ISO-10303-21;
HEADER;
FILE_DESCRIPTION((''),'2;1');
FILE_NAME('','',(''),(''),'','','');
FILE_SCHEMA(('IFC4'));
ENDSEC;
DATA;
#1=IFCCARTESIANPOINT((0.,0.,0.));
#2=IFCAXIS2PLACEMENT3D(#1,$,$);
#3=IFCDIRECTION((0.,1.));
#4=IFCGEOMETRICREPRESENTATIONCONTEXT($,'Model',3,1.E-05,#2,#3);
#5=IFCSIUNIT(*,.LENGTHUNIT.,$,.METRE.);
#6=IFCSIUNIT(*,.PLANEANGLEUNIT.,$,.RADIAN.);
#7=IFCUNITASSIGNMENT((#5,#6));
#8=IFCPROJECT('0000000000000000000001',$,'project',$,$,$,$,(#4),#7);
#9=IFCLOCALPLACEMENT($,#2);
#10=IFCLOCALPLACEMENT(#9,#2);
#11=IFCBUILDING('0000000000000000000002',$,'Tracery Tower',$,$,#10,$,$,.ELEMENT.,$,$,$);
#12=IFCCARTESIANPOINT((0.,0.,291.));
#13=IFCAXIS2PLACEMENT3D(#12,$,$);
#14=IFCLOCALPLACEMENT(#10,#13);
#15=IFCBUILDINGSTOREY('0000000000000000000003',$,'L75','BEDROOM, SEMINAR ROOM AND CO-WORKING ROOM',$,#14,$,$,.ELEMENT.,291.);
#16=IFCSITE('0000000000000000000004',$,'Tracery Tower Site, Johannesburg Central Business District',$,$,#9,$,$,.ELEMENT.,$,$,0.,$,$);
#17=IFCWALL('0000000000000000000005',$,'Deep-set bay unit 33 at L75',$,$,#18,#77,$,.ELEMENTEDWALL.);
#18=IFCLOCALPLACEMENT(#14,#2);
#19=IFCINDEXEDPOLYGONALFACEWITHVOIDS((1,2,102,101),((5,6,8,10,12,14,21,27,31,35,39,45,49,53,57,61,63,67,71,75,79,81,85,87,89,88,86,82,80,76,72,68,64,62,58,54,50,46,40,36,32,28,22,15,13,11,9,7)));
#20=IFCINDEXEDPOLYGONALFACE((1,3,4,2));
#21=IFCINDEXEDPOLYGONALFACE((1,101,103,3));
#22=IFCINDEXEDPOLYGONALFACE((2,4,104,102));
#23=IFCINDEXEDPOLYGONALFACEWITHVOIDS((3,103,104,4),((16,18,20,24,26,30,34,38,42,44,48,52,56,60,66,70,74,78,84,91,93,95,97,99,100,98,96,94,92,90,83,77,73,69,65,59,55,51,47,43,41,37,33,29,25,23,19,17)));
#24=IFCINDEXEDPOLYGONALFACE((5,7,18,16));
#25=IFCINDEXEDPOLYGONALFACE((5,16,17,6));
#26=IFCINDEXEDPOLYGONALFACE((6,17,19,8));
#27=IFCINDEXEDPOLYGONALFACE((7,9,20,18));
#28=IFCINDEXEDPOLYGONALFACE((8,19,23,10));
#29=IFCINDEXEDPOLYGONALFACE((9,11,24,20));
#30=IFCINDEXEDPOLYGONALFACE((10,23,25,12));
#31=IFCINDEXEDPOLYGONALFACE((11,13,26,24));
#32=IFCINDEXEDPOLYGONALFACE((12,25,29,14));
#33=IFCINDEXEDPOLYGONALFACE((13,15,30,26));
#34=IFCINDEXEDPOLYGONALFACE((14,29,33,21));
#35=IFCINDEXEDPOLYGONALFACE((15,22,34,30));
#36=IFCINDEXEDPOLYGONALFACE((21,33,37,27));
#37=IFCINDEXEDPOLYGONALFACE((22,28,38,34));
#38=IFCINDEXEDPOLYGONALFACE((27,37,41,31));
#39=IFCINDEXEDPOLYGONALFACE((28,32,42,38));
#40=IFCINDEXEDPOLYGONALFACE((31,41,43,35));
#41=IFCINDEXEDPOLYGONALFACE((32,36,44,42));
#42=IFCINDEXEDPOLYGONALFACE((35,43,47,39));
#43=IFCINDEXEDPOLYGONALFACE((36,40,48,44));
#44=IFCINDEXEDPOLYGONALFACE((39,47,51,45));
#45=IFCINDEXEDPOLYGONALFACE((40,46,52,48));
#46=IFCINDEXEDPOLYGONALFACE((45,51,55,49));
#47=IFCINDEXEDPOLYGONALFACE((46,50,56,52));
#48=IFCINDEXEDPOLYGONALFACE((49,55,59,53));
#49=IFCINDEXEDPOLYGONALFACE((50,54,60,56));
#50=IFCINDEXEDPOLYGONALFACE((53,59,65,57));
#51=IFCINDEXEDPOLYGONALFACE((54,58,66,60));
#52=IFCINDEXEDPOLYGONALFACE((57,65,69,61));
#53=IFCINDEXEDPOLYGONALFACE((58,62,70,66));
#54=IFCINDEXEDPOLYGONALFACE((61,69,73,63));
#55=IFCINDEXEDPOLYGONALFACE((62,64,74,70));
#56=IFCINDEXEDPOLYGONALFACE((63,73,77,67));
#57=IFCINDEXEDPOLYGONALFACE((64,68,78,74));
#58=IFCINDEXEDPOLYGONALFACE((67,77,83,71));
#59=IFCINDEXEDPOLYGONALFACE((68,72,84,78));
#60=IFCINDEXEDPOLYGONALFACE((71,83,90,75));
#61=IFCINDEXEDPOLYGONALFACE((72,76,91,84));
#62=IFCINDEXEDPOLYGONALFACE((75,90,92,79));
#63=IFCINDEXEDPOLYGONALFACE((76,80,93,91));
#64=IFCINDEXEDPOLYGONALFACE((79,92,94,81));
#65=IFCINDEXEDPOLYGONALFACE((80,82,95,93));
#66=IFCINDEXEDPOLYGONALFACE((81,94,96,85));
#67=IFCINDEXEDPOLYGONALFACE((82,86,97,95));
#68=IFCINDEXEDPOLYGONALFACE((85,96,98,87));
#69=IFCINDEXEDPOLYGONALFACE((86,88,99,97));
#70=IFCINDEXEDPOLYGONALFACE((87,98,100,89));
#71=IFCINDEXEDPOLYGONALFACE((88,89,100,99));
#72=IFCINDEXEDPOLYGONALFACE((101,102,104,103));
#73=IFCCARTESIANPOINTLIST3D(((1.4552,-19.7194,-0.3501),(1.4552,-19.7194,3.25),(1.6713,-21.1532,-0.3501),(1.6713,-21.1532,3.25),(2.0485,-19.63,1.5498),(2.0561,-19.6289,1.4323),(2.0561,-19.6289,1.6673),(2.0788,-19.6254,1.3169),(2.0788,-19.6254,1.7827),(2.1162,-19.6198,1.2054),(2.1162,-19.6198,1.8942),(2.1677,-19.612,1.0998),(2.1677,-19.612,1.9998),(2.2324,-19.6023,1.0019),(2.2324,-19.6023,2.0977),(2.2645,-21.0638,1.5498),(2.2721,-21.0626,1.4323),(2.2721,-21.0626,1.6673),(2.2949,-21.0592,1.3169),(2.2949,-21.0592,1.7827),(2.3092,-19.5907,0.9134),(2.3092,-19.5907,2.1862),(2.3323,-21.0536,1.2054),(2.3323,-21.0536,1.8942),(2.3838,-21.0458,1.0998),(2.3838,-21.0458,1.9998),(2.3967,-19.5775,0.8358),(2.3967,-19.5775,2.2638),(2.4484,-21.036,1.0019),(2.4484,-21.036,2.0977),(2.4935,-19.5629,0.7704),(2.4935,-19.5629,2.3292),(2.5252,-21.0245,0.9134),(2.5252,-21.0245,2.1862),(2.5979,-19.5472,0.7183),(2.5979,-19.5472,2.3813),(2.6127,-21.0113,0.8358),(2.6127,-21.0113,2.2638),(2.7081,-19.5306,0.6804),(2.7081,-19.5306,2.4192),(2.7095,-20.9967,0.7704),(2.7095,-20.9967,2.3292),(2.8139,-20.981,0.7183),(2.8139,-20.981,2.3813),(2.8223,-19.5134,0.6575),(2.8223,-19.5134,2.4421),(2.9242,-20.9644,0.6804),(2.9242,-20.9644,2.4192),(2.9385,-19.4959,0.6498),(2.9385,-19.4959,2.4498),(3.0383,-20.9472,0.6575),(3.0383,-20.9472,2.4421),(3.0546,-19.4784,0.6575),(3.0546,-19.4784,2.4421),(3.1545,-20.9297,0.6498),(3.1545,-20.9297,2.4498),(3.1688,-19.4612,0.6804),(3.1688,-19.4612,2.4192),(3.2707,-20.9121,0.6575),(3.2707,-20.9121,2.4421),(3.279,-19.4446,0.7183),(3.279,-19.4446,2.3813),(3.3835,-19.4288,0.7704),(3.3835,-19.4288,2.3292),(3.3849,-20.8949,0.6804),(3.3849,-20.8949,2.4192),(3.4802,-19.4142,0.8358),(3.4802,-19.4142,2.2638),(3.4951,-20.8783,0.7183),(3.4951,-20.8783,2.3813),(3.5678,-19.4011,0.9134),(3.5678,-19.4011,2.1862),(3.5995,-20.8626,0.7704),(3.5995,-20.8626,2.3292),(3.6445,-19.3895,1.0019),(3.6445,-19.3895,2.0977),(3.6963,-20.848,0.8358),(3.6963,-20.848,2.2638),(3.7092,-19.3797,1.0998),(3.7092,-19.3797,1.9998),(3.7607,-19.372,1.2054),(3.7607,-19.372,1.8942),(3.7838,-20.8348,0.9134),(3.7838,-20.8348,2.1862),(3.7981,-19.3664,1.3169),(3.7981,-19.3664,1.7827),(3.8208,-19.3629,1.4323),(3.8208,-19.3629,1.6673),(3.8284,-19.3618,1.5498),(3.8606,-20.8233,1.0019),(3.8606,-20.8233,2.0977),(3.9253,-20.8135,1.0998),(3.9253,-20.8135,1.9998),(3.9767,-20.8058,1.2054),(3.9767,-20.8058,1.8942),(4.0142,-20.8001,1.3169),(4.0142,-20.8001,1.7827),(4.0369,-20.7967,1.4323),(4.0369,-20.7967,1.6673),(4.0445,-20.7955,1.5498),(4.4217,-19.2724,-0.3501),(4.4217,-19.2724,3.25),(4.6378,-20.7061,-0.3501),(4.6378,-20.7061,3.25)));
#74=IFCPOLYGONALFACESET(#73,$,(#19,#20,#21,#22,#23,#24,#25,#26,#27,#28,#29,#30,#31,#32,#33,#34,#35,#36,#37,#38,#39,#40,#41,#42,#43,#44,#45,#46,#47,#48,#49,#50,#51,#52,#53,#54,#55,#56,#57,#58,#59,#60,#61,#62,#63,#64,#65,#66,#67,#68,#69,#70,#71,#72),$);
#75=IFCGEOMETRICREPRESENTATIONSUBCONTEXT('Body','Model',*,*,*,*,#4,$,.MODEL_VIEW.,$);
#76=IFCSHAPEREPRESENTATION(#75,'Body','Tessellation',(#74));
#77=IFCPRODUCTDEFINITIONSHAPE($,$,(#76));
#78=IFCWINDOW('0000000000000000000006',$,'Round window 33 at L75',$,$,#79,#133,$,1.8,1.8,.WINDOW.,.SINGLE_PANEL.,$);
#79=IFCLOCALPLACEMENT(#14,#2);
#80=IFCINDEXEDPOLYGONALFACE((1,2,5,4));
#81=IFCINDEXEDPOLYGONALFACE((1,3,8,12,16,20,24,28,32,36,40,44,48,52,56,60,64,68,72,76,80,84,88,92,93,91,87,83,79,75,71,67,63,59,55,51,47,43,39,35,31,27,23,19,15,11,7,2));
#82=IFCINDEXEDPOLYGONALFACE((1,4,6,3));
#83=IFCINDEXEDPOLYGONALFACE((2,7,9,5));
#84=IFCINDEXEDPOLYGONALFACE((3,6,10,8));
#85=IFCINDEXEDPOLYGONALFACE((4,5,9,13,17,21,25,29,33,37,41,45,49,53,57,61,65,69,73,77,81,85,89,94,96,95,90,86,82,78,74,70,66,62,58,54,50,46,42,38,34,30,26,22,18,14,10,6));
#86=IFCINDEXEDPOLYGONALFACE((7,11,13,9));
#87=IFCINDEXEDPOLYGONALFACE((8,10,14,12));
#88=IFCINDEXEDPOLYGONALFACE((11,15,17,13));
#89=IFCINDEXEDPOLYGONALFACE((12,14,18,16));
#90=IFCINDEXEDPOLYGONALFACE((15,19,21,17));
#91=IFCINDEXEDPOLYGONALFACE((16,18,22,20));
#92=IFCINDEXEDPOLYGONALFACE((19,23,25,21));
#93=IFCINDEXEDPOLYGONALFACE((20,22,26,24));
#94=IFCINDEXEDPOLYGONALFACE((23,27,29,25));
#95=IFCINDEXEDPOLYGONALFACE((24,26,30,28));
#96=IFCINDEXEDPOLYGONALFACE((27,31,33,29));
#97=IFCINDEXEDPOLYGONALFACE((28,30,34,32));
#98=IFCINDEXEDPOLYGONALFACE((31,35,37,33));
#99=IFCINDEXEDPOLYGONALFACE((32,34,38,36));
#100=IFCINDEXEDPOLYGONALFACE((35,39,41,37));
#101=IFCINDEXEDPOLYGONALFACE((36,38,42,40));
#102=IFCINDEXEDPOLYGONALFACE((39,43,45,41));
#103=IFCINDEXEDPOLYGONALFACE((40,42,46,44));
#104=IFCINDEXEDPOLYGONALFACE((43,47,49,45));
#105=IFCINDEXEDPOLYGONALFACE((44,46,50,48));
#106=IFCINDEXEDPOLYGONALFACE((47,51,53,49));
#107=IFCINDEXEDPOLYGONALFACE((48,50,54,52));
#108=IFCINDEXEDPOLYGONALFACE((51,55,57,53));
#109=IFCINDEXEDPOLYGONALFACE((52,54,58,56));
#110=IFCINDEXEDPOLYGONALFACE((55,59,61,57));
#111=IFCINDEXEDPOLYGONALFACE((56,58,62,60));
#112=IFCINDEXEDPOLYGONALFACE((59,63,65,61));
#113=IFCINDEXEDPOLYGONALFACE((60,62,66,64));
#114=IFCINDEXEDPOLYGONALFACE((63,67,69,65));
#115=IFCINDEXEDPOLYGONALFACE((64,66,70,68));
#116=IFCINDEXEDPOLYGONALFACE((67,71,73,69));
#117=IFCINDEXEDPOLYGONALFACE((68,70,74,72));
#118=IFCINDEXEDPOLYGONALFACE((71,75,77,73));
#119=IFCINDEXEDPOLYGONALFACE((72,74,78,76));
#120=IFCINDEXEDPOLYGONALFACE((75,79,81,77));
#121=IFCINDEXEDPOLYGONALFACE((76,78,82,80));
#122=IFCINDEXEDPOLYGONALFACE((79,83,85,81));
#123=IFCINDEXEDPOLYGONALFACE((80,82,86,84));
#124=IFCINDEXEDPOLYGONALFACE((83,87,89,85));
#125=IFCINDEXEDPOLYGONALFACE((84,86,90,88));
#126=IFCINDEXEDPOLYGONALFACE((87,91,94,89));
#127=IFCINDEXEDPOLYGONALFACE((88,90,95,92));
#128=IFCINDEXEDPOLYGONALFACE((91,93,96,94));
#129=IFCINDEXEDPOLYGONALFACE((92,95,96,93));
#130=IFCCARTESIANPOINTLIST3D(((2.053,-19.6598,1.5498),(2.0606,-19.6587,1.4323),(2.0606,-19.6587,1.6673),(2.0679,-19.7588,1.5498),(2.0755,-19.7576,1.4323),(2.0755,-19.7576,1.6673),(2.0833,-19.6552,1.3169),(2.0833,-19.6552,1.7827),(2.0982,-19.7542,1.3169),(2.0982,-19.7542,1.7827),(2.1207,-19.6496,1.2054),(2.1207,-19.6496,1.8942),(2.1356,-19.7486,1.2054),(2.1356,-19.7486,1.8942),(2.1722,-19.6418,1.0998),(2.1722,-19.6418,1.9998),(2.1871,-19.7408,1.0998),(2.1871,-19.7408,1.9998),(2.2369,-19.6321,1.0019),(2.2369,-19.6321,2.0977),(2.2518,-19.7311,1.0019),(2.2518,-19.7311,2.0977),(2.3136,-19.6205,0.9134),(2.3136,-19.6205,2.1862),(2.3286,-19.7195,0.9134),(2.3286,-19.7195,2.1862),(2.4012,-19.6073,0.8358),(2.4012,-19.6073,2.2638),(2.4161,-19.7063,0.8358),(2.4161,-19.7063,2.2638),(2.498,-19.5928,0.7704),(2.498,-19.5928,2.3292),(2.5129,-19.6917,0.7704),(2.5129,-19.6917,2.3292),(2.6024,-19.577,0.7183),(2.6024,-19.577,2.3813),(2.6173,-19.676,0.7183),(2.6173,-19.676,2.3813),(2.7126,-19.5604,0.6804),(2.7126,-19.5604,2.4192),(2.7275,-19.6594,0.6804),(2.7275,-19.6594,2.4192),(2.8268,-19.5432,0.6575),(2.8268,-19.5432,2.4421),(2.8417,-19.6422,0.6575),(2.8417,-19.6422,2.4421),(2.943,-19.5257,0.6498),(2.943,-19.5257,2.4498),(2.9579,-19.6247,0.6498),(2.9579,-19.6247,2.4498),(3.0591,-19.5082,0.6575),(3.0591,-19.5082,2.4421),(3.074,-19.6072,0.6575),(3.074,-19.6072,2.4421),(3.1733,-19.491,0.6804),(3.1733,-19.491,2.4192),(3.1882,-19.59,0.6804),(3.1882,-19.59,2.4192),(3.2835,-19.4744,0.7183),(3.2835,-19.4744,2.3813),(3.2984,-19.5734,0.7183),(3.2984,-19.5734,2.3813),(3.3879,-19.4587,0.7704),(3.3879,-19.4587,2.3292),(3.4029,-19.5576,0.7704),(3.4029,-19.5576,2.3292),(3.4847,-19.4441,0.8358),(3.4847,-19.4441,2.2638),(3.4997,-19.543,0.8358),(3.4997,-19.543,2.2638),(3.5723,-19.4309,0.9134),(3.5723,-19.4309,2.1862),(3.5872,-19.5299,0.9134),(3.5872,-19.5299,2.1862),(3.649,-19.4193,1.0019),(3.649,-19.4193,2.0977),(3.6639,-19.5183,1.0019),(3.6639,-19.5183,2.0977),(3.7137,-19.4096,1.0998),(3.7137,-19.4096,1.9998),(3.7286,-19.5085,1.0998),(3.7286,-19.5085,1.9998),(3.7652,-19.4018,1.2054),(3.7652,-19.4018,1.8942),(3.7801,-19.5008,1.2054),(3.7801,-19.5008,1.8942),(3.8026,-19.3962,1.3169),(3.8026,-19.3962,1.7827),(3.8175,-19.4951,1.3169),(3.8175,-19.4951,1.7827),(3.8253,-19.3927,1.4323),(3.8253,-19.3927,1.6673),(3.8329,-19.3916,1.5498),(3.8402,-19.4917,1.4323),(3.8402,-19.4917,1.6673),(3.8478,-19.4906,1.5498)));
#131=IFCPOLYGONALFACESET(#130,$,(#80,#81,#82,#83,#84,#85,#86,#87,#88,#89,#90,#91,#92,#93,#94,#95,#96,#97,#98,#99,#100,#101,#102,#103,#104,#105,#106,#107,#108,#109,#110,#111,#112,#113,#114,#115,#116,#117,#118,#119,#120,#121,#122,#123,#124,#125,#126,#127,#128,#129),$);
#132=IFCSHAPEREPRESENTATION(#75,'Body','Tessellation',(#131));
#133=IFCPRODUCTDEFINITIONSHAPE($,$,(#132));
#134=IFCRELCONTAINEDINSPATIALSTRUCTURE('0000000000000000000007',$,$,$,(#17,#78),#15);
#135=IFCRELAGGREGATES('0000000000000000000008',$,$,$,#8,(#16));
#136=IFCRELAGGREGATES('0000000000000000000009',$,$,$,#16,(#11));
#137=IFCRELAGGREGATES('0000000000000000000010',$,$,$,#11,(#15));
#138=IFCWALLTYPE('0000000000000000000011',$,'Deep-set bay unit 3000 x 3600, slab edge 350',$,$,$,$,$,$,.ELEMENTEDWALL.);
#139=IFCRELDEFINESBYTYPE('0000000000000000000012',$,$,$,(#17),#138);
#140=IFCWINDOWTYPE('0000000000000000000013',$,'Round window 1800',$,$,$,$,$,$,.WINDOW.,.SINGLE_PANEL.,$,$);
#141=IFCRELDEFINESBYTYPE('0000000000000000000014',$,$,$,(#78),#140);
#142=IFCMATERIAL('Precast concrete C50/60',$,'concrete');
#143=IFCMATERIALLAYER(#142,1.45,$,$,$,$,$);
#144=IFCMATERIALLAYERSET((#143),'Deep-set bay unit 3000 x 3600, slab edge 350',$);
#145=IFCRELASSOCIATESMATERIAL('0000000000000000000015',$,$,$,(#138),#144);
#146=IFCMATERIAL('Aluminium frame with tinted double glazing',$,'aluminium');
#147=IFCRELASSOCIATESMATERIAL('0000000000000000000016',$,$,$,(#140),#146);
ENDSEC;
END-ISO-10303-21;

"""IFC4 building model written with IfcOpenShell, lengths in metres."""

from ifc_helpers import new_model, si_unit, direction, frame, frame_2d, origin, origin_2d, place, context, subcontext, project, spatial, rectangle, circle, extrude, material, layer, layer_set, type_object, element, fill, save


model = new_model("IFC4")

# Units and contexts
model_context = context("Model", 3, precision=1e-05, world=origin(), true_north=direction((0.0, 1.0)))
body_context = subcontext(model_context, "Body", "Model", "MODEL_VIEW")
ifc_project = project(units=[si_unit("LENGTHUNIT", "METRE"), si_unit("PLANEANGLEUNIT", "RADIAN")], contexts=[model_context])

# Site, building, storey
site_placement = place(None, origin())
site = spatial("IfcSite", under=ifc_project, at=site_placement, Name="Tracery Tower Site, Johannesburg Central Business District", CompositionType="ELEMENT", RefElevation=0.0)
building_placement = place(site_placement, origin())
building = spatial("IfcBuilding", under=site, at=building_placement, Name="Tracery Tower", CompositionType="ELEMENT")
storey_placement = place(building_placement, frame((0.0, 0.0, 291.0)))
storey = spatial("IfcBuildingStorey", under=building, at=storey_placement, Name="L75", Description="BEDROOM, SEMINAR ROOM AND CO-WORKING ROOM", CompositionType="ELEMENT", Elevation=291.0)

# Wall, opening, window
ifc_material_1 = material(Name="Precast concrete C50/60", Category="concrete")
ifc_layer_1 = layer(ifc_material_1, 1.45)
ifc_layer_set_1 = layer_set([ifc_layer_1], Name="Deep-set bay unit 3000 x 3600, slab edge 350")
wall_type_1 = type_object("IfcWallType", Name="Deep-set bay unit 3000 x 3600, slab edge 350", PredefinedType="ELEMENTEDWALL", material=ifc_layer_set_1)
wall_1_placement = place(storey_placement, frame((1.5632, -20.4363, -0.3501), z_axis=(0.0, 0.0, 1.0), x_axis=(0.988836, 0.149005, 0.0)))
wall_1 = element("IfcWall", 1, at=wall_1_placement, inside=storey, type_object=wall_type_1, Name="Deep-set bay unit 33 at L75", PredefinedType="ELEMENTEDWALL", context=body_context, shape_type="SweptSolid", body=[
    extrude(rectangle(XDim=3.0, YDim=1.45, at=frame_2d((1.5, 0.0))), origin(), (0.0, 0.0, 1.0), 3.6001),
])
opening_1_placement = place(wall_1_placement, frame((1.5, 0.0, 1.8999)))
opening_1 = element("IfcOpeningElement", 2, at=opening_1_placement, cuts=wall_1, PredefinedType="OPENING", context=body_context, shape_type="SweptSolid", body=[
    extrude(circle(Radius=0.9, at=origin_2d()), frame((0.0, 0.7349, 0.0), z_axis=(0.0, -1.0, 0.0), x_axis=(1.0, 0.0, 0.0)), (0.0, 0.0, 1.0), 1.47),
])
ifc_material_2 = material(Name="Aluminium frame with tinted double glazing", Category="aluminium")
window_type = type_object("IfcWindowType", Name="Round window 1800", PartitioningType="SINGLE_PANEL", PredefinedType="WINDOW", material=ifc_material_2)
window_1_placement = place(opening_1_placement, origin())
window_1 = element("IfcWindow", 3, at=window_1_placement, inside=storey, type_object=window_type, Name="Round window 33 at L75", OverallHeight=1.8, OverallWidth=1.8, PartitioningType="SINGLE_PANEL", PredefinedType="WINDOW", context=body_context, shape_type="SweptSolid", body=[
    extrude(circle(Radius=0.9, at=origin_2d()), frame((0.0, 0.6948, 0.0), z_axis=(0.0, -1.0, 0.0), x_axis=(1.0, 0.0, 0.0)), (0.0, 0.0, 1.0), 0.1001),
])
fill(opening_1, window_1)

save(model, "model.ifc")
